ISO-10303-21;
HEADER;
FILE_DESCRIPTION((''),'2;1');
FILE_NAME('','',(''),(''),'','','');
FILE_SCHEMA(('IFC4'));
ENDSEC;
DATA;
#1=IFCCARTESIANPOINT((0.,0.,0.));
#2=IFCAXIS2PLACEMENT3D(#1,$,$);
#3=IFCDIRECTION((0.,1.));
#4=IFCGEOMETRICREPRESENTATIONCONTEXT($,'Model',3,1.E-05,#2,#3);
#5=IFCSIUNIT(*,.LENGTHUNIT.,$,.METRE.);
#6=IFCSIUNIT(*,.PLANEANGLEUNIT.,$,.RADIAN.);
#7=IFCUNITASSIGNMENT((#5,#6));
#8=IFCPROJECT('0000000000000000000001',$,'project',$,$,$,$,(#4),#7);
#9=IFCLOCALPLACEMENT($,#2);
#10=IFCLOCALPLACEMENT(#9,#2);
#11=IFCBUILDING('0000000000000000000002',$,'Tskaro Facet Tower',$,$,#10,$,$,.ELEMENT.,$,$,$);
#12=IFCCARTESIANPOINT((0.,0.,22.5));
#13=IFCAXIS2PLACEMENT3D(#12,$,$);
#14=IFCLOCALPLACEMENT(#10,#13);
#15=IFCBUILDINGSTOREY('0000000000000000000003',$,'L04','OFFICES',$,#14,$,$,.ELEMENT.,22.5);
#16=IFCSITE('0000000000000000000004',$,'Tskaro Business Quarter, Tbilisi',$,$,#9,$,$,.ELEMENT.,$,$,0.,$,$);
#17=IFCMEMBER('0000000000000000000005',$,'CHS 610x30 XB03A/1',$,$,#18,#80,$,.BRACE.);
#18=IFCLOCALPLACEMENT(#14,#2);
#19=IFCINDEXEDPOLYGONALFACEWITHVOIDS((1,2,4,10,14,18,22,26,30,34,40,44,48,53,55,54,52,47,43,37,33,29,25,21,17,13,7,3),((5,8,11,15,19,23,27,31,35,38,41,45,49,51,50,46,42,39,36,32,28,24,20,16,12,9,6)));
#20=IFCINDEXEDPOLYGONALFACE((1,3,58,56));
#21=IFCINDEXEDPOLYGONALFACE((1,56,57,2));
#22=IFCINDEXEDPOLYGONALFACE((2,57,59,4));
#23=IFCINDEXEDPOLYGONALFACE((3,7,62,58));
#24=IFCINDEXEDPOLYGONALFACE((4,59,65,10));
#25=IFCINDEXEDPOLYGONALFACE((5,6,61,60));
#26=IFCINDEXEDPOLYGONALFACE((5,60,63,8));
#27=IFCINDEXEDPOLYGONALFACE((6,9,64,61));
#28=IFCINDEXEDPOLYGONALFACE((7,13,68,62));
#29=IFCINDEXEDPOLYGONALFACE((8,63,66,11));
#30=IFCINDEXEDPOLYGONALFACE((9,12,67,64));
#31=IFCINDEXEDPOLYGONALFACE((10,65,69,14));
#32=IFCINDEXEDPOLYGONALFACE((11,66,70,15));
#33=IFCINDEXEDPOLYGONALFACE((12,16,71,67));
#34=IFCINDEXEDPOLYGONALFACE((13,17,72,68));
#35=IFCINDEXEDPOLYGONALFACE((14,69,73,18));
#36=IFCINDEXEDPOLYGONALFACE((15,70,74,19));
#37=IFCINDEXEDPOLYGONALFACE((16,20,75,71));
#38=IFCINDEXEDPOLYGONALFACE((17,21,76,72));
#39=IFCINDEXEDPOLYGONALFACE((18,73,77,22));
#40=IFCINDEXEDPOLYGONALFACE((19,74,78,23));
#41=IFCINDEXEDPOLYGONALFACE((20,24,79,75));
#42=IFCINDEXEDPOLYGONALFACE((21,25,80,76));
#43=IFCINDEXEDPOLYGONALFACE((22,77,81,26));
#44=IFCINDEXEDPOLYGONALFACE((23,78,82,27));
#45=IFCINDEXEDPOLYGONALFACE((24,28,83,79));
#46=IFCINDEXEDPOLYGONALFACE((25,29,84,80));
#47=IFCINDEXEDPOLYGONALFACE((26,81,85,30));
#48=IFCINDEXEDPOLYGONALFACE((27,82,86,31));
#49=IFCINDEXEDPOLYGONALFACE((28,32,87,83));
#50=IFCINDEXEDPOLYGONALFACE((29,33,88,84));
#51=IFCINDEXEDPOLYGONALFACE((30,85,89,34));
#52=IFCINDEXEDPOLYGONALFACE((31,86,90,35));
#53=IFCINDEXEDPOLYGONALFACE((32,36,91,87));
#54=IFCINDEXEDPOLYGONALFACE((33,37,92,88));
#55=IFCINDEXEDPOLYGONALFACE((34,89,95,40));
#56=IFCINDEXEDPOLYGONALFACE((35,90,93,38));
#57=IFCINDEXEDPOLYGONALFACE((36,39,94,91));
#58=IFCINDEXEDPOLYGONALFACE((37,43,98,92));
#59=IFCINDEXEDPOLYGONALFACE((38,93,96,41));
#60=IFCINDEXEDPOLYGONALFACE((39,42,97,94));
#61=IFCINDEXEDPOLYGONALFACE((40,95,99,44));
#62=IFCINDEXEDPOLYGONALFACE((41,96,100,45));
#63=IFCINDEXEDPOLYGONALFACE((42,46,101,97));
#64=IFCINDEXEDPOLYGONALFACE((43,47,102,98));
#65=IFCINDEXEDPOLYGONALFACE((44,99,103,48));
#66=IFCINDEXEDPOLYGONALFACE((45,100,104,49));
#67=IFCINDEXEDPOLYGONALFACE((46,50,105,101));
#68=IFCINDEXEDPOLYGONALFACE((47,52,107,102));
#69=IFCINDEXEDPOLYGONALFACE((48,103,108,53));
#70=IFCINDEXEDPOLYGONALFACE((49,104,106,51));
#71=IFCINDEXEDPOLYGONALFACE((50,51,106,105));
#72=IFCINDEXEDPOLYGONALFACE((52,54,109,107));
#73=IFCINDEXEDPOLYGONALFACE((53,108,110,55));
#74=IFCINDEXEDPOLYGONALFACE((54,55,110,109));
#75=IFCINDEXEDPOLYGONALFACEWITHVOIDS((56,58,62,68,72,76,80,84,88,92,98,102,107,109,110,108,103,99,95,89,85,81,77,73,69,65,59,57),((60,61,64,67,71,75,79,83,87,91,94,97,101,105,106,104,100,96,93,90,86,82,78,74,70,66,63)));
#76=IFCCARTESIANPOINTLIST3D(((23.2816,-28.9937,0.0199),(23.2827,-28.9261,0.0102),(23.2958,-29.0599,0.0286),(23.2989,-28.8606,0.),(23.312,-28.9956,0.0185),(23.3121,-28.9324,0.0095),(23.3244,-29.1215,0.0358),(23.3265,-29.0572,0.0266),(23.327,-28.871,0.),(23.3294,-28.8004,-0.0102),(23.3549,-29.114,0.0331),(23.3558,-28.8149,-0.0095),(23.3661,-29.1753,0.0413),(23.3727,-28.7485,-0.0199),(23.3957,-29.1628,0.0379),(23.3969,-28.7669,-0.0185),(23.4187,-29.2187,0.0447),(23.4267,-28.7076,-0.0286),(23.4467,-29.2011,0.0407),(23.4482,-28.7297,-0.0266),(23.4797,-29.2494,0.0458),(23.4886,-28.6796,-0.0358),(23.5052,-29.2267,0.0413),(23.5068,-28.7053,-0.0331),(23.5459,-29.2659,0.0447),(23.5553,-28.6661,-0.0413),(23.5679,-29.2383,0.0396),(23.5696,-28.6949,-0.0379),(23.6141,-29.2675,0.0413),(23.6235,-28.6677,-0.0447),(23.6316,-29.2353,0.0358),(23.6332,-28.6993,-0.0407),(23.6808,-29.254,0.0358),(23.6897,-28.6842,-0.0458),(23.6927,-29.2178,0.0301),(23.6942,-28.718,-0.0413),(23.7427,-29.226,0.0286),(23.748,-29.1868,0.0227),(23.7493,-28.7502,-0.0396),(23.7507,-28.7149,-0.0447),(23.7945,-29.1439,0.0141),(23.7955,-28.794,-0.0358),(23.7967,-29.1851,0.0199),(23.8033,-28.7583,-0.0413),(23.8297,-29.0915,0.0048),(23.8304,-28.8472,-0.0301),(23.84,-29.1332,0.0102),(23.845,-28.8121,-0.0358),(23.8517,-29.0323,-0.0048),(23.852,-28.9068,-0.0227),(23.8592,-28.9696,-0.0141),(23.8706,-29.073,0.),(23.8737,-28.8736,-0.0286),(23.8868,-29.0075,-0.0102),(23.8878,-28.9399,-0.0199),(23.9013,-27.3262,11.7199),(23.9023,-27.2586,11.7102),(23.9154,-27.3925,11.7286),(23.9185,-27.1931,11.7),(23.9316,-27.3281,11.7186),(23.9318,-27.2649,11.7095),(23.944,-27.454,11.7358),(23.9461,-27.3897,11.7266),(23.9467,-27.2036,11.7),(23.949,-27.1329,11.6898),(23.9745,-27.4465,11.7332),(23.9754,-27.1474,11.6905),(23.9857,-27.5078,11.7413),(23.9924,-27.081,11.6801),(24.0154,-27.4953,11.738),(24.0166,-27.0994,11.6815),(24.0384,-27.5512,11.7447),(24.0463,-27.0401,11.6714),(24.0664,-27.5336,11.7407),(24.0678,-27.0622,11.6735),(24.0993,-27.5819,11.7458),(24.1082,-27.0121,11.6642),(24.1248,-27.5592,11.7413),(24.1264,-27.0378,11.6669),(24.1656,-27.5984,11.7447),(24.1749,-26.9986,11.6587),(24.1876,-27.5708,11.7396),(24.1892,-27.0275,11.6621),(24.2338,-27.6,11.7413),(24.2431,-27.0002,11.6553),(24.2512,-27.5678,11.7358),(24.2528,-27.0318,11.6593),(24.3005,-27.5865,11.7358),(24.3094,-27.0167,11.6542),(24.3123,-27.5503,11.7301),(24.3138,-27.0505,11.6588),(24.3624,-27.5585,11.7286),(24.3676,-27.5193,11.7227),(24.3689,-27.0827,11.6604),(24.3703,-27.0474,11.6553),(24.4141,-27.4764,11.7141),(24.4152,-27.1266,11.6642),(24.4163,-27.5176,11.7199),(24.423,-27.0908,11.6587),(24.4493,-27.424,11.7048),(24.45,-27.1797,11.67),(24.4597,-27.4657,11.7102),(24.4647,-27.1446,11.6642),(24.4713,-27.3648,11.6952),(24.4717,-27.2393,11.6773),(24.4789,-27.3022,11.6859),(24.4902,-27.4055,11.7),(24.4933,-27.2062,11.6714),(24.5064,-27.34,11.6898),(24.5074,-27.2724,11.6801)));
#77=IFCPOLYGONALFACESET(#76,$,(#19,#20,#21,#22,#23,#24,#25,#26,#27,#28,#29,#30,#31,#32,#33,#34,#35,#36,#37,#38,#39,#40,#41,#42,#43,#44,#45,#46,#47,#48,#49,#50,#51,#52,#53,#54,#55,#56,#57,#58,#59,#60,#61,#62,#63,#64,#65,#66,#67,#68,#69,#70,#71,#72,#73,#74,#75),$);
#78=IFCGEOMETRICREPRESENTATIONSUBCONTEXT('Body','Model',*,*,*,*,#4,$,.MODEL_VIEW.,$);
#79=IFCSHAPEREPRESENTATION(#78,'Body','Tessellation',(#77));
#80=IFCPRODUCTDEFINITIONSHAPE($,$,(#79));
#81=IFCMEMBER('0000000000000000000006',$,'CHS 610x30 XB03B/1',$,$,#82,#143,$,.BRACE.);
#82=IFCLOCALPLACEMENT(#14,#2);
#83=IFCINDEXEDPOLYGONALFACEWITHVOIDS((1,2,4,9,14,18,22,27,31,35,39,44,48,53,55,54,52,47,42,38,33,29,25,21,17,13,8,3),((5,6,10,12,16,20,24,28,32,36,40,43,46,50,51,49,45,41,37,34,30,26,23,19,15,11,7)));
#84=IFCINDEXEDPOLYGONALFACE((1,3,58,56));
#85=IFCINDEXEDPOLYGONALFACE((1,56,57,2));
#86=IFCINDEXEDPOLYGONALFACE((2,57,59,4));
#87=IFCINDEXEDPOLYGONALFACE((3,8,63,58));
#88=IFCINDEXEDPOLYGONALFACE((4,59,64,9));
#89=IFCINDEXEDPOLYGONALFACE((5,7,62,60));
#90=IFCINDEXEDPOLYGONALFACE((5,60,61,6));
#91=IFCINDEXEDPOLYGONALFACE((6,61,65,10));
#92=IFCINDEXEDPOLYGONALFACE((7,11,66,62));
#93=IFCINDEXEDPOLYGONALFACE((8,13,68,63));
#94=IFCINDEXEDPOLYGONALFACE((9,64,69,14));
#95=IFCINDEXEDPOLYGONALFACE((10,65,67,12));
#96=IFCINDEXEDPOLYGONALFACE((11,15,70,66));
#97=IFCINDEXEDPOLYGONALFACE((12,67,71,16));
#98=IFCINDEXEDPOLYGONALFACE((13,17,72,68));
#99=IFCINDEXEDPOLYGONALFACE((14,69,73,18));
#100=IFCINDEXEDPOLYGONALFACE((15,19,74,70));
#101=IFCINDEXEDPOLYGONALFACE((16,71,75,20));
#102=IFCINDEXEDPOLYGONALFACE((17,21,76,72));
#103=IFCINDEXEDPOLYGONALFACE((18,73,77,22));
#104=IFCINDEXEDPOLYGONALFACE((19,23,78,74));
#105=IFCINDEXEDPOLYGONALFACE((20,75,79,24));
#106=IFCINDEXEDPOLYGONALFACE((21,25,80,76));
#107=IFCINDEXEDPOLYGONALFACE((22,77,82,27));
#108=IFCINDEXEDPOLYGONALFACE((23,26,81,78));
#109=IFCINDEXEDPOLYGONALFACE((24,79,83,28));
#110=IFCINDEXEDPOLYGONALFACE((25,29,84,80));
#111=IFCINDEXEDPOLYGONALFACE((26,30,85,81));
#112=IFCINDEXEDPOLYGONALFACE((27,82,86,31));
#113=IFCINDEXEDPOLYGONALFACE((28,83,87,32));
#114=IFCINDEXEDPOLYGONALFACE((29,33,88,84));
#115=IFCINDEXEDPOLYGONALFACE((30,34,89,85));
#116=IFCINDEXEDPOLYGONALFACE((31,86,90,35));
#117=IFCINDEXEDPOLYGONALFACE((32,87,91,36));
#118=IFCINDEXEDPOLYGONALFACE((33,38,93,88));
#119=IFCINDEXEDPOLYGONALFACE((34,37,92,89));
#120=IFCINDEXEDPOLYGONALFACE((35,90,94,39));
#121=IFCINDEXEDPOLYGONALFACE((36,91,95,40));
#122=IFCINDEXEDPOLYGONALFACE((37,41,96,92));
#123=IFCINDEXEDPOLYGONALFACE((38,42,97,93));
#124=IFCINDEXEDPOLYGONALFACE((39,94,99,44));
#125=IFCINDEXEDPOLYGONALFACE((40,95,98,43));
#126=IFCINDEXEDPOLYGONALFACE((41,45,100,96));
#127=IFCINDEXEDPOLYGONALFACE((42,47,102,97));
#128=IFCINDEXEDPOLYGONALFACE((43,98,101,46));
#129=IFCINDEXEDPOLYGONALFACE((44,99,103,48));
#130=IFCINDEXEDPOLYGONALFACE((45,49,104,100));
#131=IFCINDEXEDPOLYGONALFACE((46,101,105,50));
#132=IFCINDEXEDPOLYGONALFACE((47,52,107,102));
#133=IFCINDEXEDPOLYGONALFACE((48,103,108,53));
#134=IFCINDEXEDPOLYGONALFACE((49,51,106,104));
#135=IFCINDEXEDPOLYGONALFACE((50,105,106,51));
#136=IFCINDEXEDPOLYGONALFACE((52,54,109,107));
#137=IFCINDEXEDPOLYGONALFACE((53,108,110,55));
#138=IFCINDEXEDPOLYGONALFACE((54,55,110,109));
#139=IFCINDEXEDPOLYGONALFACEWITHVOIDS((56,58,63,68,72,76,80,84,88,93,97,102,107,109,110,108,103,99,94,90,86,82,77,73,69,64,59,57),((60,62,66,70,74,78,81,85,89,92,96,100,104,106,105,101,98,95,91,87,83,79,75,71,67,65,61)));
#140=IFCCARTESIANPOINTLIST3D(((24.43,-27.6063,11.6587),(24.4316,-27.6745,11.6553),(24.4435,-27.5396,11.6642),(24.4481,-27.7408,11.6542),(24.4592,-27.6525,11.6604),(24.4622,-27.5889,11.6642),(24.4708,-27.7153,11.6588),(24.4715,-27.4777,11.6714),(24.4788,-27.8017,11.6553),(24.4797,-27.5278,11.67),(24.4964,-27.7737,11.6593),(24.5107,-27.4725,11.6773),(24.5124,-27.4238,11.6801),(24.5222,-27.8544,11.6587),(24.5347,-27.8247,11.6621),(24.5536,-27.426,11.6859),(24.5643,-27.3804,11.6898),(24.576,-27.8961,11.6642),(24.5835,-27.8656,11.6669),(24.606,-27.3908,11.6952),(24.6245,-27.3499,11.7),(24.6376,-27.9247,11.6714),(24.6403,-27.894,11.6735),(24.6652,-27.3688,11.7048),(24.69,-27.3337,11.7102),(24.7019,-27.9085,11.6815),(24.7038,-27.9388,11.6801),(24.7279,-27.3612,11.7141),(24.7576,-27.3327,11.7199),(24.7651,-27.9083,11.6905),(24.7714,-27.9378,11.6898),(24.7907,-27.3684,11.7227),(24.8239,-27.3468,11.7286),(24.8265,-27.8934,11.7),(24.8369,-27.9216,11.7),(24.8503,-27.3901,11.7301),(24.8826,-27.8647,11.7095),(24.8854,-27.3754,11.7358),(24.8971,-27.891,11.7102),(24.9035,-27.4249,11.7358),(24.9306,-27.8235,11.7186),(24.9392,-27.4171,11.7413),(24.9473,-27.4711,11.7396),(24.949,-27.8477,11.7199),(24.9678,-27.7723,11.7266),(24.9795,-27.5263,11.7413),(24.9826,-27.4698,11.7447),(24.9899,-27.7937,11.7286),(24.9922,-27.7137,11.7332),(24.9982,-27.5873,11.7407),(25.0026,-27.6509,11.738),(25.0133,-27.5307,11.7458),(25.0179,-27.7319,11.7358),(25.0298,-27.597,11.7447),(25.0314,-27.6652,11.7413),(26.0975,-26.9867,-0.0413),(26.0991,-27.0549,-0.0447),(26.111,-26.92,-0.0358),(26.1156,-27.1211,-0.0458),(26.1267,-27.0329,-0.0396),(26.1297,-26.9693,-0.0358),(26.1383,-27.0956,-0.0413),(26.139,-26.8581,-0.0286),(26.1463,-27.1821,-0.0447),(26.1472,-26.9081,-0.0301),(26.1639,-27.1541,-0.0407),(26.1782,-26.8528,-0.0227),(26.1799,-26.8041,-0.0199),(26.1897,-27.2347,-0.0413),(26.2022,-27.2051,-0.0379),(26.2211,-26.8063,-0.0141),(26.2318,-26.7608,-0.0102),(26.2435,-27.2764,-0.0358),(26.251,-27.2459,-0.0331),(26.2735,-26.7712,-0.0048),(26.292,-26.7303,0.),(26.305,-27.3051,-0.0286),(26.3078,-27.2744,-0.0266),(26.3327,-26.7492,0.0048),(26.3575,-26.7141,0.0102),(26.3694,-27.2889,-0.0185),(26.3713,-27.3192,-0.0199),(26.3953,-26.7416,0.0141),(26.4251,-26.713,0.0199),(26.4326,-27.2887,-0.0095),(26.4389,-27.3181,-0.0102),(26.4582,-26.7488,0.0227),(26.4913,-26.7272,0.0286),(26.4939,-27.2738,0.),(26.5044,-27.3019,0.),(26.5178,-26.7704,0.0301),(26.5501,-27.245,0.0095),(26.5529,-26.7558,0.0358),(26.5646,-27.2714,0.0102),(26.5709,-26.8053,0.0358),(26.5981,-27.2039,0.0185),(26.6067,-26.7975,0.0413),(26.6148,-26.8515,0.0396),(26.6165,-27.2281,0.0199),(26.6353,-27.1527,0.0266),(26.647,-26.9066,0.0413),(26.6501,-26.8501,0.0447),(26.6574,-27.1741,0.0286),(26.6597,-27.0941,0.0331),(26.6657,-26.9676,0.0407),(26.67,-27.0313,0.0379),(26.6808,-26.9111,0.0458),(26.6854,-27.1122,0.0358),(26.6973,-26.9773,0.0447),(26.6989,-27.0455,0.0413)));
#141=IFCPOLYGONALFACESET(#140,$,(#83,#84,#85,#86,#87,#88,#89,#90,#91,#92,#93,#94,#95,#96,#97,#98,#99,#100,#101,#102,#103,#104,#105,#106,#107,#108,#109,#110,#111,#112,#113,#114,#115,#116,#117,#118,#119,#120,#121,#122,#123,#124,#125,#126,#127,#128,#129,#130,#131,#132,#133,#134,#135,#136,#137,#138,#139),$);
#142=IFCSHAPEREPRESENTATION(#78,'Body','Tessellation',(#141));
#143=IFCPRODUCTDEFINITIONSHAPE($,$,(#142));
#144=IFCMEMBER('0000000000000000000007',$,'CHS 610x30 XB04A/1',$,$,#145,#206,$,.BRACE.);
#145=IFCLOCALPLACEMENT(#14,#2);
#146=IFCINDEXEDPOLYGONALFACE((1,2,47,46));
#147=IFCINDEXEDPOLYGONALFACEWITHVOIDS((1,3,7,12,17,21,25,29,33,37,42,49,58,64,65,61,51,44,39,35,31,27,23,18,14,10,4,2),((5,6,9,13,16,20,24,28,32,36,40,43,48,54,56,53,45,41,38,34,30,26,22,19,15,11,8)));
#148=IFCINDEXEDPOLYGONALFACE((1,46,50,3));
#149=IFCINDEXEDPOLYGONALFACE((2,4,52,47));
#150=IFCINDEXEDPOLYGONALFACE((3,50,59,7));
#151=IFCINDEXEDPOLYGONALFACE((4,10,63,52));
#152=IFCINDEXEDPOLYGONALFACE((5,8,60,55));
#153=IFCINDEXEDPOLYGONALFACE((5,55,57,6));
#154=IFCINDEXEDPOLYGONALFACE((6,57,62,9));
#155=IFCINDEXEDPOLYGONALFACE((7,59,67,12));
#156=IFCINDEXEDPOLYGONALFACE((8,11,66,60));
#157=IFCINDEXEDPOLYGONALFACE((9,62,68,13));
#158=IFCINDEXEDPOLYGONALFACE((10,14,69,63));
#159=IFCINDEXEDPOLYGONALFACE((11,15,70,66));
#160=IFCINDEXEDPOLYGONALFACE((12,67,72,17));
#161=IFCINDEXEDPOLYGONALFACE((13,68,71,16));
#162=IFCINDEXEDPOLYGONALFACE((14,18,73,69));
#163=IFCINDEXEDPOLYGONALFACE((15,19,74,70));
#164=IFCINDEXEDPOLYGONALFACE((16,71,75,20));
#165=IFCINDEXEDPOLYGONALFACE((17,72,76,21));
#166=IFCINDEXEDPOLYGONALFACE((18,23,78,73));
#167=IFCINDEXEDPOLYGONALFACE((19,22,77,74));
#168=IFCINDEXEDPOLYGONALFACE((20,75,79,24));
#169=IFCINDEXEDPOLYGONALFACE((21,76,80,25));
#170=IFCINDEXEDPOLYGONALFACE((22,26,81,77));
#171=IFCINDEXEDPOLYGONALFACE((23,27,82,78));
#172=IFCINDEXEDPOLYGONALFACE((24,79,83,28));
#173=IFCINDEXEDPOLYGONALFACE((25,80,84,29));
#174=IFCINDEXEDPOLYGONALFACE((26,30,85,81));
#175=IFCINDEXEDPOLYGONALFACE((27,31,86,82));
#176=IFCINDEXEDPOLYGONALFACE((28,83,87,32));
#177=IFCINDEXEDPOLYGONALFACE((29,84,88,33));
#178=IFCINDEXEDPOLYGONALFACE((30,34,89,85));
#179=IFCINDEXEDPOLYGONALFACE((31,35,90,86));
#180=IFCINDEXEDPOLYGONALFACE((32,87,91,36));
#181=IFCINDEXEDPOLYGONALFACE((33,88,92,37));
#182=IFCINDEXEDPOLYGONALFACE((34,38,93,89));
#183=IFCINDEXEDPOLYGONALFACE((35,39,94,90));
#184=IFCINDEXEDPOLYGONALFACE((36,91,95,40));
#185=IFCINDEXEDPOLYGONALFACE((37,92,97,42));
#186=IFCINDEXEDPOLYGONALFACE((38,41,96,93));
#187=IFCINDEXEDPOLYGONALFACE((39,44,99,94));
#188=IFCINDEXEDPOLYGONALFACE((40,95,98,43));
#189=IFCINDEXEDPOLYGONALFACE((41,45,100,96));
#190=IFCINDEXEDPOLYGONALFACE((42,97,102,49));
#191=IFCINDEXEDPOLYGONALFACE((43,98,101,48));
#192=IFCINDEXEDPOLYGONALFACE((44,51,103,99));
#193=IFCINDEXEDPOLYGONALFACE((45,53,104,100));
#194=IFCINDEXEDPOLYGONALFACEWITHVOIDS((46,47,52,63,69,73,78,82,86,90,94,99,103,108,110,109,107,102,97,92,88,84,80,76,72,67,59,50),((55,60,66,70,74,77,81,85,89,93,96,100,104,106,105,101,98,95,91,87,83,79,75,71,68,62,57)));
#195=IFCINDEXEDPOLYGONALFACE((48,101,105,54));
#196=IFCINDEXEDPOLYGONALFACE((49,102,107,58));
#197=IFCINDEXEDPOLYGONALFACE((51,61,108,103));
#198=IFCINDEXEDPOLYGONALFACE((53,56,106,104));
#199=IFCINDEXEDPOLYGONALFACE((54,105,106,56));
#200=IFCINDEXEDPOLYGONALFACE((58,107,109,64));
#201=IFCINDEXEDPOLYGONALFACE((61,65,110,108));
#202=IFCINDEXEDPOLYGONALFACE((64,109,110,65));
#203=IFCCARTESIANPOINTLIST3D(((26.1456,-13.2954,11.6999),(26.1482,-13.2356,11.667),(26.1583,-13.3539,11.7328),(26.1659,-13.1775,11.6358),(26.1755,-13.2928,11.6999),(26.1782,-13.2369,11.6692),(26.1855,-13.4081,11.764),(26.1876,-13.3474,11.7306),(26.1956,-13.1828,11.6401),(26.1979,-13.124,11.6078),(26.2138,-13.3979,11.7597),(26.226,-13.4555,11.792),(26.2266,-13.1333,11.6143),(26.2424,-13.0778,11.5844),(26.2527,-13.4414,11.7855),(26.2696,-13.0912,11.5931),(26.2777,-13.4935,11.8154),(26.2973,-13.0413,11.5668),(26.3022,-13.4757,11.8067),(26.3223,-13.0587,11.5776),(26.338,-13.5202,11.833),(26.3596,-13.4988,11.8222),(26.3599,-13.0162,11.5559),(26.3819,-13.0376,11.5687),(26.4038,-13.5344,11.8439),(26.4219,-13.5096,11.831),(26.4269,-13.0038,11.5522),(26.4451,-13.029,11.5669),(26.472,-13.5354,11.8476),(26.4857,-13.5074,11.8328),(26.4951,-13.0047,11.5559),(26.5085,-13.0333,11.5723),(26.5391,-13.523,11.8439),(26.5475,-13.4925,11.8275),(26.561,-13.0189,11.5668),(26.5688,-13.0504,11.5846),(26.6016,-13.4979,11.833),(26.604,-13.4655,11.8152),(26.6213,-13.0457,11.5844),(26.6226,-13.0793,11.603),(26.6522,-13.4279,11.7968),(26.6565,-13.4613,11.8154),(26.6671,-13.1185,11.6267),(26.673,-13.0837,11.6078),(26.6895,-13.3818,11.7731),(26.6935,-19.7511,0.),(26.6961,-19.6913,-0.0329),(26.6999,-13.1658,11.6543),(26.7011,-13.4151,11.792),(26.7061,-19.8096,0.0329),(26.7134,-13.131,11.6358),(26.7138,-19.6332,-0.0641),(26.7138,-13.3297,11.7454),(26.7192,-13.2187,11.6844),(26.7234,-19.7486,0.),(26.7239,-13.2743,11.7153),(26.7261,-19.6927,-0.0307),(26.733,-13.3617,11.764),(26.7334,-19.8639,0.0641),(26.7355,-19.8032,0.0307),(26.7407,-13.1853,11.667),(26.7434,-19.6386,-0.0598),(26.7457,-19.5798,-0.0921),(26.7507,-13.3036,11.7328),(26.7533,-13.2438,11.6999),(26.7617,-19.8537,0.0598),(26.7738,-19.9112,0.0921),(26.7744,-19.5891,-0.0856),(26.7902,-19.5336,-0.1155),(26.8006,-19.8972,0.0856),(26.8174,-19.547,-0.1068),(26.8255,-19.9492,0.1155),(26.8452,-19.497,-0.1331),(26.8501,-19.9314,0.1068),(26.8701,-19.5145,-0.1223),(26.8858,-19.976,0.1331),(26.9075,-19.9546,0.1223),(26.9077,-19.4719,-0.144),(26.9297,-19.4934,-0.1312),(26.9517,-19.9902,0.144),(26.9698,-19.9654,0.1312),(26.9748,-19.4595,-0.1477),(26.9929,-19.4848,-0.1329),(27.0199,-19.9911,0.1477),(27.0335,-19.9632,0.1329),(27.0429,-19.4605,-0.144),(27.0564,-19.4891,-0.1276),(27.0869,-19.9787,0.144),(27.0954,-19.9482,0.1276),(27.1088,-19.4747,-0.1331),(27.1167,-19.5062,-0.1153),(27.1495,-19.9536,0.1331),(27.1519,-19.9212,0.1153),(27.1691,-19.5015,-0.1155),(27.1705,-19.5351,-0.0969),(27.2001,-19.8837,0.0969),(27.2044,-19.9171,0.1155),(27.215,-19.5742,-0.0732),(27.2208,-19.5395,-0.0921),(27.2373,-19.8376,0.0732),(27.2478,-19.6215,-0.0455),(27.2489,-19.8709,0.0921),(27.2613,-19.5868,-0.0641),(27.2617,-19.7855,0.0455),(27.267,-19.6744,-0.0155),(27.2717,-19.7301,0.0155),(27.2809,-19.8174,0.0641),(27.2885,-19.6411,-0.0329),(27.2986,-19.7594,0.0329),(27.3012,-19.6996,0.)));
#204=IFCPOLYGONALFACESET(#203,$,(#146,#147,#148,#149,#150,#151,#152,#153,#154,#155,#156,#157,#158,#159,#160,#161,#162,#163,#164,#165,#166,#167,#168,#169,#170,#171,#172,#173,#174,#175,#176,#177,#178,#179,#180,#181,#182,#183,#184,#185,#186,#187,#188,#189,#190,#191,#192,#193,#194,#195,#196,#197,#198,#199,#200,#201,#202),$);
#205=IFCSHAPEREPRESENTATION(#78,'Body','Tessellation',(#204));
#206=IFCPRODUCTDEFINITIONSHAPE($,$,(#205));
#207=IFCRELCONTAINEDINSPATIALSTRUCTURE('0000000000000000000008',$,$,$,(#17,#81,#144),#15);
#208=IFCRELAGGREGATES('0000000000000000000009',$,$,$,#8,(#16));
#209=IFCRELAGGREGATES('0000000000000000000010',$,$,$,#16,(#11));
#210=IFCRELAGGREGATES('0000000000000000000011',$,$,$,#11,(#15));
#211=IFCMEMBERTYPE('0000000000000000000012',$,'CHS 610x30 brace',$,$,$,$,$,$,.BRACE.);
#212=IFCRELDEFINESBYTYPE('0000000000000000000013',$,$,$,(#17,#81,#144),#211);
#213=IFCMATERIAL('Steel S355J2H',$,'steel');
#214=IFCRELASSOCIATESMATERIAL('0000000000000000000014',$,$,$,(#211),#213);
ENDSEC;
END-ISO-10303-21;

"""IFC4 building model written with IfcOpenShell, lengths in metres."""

from ifc_helpers import new_model, si_unit, direction, frame, origin, origin_2d, place, context, subcontext, project, spatial, hollow_circle, extrude, material, material_profile, profile_set, type_object, element, save


model = new_model("IFC4")

# Units and contexts
model_context = context("Model", 3, precision=1e-05, world=origin(), true_north=direction((0.0, 1.0)))
body_context = subcontext(model_context, "Body", "Model", "MODEL_VIEW")
ifc_project = project(units=[si_unit("LENGTHUNIT", "METRE"), si_unit("PLANEANGLEUNIT", "RADIAN")], contexts=[model_context])

# Site, building, storey
site_placement = place(None, origin())
site = spatial("IfcSite", under=ifc_project, at=site_placement, Name="Tskaro Business Quarter, Tbilisi", CompositionType="ELEMENT", RefElevation=0.0)
building_placement = place(site_placement, origin())
building = spatial("IfcBuilding", under=site, at=building_placement, Name="Tskaro Facet Tower", CompositionType="ELEMENT")
storey_placement = place(building_placement, frame((0.0, 0.0, 22.5)))
storey = spatial("IfcBuildingStorey", under=building, at=storey_placement, Name="L04", Description="OFFICES", CompositionType="ELEMENT", Elevation=22.5)

# Shared definitions
ifc_material_1 = material(Name="Steel S355J2H", Category="steel")

# Members
ifc_material_profile_1 = material_profile(ifc_material_1, hollow_circle(Radius=0.3049, WallThickness=0.03, at=origin_2d()), Name="CHS 610x30")
ifc_profile_set_1 = profile_set([ifc_material_profile_1], Name="Steel S355J2H")
member_type_1 = type_object("IfcMemberType", Name="CHS 610x30 brace", PredefinedType="BRACE", material=ifc_profile_set_1)
for number, where, z_axis, x_axis, name in (
    (1, (23.5847, -28.9668, 0.0), (0.052358, 0.140901, 0.988638), (-0.937374, 0.348324, 0.0), "CHS 610x30 XB03A/1"),
    (2, (26.3982, -27.0161, 0.0), (-0.140901, -0.052358, 0.988638), (0.348324, -0.937374, 0.0), "CHS 610x30 XB03B/1"),
):
    element("IfcMember", number, at=place(storey_placement, frame(where, z_axis=z_axis, x_axis=x_axis)), inside=storey, type_object=member_type_1, Name=name, PredefinedType="BRACE", context=body_context, shape_type="SweptSolid", body=[
        extrude(hollow_circle(Radius=0.3049, WallThickness=0.03, at=origin_2d()), origin(), (0.0, 0.0, 1.0), 11.8345),
    ])
member_1_placement = place(storey_placement, frame((26.9973, -19.7253, 0.0), z_axis=(-0.040964, 0.48271, 0.874822), x_axis=(-0.996419, -0.084558, 0.0)))
element("IfcMember", 3, at=member_1_placement, inside=storey, type_object=member_type_1, Name="CHS 610x30 XB04A/1", PredefinedType="BRACE", context=body_context, shape_type="SweptSolid", body=[
    extrude(hollow_circle(Radius=0.3049, WallThickness=0.03, at=origin_2d()), origin(), (0.0, 0.0, 1.0), 13.374),
])

save(model, "model.ifc")
